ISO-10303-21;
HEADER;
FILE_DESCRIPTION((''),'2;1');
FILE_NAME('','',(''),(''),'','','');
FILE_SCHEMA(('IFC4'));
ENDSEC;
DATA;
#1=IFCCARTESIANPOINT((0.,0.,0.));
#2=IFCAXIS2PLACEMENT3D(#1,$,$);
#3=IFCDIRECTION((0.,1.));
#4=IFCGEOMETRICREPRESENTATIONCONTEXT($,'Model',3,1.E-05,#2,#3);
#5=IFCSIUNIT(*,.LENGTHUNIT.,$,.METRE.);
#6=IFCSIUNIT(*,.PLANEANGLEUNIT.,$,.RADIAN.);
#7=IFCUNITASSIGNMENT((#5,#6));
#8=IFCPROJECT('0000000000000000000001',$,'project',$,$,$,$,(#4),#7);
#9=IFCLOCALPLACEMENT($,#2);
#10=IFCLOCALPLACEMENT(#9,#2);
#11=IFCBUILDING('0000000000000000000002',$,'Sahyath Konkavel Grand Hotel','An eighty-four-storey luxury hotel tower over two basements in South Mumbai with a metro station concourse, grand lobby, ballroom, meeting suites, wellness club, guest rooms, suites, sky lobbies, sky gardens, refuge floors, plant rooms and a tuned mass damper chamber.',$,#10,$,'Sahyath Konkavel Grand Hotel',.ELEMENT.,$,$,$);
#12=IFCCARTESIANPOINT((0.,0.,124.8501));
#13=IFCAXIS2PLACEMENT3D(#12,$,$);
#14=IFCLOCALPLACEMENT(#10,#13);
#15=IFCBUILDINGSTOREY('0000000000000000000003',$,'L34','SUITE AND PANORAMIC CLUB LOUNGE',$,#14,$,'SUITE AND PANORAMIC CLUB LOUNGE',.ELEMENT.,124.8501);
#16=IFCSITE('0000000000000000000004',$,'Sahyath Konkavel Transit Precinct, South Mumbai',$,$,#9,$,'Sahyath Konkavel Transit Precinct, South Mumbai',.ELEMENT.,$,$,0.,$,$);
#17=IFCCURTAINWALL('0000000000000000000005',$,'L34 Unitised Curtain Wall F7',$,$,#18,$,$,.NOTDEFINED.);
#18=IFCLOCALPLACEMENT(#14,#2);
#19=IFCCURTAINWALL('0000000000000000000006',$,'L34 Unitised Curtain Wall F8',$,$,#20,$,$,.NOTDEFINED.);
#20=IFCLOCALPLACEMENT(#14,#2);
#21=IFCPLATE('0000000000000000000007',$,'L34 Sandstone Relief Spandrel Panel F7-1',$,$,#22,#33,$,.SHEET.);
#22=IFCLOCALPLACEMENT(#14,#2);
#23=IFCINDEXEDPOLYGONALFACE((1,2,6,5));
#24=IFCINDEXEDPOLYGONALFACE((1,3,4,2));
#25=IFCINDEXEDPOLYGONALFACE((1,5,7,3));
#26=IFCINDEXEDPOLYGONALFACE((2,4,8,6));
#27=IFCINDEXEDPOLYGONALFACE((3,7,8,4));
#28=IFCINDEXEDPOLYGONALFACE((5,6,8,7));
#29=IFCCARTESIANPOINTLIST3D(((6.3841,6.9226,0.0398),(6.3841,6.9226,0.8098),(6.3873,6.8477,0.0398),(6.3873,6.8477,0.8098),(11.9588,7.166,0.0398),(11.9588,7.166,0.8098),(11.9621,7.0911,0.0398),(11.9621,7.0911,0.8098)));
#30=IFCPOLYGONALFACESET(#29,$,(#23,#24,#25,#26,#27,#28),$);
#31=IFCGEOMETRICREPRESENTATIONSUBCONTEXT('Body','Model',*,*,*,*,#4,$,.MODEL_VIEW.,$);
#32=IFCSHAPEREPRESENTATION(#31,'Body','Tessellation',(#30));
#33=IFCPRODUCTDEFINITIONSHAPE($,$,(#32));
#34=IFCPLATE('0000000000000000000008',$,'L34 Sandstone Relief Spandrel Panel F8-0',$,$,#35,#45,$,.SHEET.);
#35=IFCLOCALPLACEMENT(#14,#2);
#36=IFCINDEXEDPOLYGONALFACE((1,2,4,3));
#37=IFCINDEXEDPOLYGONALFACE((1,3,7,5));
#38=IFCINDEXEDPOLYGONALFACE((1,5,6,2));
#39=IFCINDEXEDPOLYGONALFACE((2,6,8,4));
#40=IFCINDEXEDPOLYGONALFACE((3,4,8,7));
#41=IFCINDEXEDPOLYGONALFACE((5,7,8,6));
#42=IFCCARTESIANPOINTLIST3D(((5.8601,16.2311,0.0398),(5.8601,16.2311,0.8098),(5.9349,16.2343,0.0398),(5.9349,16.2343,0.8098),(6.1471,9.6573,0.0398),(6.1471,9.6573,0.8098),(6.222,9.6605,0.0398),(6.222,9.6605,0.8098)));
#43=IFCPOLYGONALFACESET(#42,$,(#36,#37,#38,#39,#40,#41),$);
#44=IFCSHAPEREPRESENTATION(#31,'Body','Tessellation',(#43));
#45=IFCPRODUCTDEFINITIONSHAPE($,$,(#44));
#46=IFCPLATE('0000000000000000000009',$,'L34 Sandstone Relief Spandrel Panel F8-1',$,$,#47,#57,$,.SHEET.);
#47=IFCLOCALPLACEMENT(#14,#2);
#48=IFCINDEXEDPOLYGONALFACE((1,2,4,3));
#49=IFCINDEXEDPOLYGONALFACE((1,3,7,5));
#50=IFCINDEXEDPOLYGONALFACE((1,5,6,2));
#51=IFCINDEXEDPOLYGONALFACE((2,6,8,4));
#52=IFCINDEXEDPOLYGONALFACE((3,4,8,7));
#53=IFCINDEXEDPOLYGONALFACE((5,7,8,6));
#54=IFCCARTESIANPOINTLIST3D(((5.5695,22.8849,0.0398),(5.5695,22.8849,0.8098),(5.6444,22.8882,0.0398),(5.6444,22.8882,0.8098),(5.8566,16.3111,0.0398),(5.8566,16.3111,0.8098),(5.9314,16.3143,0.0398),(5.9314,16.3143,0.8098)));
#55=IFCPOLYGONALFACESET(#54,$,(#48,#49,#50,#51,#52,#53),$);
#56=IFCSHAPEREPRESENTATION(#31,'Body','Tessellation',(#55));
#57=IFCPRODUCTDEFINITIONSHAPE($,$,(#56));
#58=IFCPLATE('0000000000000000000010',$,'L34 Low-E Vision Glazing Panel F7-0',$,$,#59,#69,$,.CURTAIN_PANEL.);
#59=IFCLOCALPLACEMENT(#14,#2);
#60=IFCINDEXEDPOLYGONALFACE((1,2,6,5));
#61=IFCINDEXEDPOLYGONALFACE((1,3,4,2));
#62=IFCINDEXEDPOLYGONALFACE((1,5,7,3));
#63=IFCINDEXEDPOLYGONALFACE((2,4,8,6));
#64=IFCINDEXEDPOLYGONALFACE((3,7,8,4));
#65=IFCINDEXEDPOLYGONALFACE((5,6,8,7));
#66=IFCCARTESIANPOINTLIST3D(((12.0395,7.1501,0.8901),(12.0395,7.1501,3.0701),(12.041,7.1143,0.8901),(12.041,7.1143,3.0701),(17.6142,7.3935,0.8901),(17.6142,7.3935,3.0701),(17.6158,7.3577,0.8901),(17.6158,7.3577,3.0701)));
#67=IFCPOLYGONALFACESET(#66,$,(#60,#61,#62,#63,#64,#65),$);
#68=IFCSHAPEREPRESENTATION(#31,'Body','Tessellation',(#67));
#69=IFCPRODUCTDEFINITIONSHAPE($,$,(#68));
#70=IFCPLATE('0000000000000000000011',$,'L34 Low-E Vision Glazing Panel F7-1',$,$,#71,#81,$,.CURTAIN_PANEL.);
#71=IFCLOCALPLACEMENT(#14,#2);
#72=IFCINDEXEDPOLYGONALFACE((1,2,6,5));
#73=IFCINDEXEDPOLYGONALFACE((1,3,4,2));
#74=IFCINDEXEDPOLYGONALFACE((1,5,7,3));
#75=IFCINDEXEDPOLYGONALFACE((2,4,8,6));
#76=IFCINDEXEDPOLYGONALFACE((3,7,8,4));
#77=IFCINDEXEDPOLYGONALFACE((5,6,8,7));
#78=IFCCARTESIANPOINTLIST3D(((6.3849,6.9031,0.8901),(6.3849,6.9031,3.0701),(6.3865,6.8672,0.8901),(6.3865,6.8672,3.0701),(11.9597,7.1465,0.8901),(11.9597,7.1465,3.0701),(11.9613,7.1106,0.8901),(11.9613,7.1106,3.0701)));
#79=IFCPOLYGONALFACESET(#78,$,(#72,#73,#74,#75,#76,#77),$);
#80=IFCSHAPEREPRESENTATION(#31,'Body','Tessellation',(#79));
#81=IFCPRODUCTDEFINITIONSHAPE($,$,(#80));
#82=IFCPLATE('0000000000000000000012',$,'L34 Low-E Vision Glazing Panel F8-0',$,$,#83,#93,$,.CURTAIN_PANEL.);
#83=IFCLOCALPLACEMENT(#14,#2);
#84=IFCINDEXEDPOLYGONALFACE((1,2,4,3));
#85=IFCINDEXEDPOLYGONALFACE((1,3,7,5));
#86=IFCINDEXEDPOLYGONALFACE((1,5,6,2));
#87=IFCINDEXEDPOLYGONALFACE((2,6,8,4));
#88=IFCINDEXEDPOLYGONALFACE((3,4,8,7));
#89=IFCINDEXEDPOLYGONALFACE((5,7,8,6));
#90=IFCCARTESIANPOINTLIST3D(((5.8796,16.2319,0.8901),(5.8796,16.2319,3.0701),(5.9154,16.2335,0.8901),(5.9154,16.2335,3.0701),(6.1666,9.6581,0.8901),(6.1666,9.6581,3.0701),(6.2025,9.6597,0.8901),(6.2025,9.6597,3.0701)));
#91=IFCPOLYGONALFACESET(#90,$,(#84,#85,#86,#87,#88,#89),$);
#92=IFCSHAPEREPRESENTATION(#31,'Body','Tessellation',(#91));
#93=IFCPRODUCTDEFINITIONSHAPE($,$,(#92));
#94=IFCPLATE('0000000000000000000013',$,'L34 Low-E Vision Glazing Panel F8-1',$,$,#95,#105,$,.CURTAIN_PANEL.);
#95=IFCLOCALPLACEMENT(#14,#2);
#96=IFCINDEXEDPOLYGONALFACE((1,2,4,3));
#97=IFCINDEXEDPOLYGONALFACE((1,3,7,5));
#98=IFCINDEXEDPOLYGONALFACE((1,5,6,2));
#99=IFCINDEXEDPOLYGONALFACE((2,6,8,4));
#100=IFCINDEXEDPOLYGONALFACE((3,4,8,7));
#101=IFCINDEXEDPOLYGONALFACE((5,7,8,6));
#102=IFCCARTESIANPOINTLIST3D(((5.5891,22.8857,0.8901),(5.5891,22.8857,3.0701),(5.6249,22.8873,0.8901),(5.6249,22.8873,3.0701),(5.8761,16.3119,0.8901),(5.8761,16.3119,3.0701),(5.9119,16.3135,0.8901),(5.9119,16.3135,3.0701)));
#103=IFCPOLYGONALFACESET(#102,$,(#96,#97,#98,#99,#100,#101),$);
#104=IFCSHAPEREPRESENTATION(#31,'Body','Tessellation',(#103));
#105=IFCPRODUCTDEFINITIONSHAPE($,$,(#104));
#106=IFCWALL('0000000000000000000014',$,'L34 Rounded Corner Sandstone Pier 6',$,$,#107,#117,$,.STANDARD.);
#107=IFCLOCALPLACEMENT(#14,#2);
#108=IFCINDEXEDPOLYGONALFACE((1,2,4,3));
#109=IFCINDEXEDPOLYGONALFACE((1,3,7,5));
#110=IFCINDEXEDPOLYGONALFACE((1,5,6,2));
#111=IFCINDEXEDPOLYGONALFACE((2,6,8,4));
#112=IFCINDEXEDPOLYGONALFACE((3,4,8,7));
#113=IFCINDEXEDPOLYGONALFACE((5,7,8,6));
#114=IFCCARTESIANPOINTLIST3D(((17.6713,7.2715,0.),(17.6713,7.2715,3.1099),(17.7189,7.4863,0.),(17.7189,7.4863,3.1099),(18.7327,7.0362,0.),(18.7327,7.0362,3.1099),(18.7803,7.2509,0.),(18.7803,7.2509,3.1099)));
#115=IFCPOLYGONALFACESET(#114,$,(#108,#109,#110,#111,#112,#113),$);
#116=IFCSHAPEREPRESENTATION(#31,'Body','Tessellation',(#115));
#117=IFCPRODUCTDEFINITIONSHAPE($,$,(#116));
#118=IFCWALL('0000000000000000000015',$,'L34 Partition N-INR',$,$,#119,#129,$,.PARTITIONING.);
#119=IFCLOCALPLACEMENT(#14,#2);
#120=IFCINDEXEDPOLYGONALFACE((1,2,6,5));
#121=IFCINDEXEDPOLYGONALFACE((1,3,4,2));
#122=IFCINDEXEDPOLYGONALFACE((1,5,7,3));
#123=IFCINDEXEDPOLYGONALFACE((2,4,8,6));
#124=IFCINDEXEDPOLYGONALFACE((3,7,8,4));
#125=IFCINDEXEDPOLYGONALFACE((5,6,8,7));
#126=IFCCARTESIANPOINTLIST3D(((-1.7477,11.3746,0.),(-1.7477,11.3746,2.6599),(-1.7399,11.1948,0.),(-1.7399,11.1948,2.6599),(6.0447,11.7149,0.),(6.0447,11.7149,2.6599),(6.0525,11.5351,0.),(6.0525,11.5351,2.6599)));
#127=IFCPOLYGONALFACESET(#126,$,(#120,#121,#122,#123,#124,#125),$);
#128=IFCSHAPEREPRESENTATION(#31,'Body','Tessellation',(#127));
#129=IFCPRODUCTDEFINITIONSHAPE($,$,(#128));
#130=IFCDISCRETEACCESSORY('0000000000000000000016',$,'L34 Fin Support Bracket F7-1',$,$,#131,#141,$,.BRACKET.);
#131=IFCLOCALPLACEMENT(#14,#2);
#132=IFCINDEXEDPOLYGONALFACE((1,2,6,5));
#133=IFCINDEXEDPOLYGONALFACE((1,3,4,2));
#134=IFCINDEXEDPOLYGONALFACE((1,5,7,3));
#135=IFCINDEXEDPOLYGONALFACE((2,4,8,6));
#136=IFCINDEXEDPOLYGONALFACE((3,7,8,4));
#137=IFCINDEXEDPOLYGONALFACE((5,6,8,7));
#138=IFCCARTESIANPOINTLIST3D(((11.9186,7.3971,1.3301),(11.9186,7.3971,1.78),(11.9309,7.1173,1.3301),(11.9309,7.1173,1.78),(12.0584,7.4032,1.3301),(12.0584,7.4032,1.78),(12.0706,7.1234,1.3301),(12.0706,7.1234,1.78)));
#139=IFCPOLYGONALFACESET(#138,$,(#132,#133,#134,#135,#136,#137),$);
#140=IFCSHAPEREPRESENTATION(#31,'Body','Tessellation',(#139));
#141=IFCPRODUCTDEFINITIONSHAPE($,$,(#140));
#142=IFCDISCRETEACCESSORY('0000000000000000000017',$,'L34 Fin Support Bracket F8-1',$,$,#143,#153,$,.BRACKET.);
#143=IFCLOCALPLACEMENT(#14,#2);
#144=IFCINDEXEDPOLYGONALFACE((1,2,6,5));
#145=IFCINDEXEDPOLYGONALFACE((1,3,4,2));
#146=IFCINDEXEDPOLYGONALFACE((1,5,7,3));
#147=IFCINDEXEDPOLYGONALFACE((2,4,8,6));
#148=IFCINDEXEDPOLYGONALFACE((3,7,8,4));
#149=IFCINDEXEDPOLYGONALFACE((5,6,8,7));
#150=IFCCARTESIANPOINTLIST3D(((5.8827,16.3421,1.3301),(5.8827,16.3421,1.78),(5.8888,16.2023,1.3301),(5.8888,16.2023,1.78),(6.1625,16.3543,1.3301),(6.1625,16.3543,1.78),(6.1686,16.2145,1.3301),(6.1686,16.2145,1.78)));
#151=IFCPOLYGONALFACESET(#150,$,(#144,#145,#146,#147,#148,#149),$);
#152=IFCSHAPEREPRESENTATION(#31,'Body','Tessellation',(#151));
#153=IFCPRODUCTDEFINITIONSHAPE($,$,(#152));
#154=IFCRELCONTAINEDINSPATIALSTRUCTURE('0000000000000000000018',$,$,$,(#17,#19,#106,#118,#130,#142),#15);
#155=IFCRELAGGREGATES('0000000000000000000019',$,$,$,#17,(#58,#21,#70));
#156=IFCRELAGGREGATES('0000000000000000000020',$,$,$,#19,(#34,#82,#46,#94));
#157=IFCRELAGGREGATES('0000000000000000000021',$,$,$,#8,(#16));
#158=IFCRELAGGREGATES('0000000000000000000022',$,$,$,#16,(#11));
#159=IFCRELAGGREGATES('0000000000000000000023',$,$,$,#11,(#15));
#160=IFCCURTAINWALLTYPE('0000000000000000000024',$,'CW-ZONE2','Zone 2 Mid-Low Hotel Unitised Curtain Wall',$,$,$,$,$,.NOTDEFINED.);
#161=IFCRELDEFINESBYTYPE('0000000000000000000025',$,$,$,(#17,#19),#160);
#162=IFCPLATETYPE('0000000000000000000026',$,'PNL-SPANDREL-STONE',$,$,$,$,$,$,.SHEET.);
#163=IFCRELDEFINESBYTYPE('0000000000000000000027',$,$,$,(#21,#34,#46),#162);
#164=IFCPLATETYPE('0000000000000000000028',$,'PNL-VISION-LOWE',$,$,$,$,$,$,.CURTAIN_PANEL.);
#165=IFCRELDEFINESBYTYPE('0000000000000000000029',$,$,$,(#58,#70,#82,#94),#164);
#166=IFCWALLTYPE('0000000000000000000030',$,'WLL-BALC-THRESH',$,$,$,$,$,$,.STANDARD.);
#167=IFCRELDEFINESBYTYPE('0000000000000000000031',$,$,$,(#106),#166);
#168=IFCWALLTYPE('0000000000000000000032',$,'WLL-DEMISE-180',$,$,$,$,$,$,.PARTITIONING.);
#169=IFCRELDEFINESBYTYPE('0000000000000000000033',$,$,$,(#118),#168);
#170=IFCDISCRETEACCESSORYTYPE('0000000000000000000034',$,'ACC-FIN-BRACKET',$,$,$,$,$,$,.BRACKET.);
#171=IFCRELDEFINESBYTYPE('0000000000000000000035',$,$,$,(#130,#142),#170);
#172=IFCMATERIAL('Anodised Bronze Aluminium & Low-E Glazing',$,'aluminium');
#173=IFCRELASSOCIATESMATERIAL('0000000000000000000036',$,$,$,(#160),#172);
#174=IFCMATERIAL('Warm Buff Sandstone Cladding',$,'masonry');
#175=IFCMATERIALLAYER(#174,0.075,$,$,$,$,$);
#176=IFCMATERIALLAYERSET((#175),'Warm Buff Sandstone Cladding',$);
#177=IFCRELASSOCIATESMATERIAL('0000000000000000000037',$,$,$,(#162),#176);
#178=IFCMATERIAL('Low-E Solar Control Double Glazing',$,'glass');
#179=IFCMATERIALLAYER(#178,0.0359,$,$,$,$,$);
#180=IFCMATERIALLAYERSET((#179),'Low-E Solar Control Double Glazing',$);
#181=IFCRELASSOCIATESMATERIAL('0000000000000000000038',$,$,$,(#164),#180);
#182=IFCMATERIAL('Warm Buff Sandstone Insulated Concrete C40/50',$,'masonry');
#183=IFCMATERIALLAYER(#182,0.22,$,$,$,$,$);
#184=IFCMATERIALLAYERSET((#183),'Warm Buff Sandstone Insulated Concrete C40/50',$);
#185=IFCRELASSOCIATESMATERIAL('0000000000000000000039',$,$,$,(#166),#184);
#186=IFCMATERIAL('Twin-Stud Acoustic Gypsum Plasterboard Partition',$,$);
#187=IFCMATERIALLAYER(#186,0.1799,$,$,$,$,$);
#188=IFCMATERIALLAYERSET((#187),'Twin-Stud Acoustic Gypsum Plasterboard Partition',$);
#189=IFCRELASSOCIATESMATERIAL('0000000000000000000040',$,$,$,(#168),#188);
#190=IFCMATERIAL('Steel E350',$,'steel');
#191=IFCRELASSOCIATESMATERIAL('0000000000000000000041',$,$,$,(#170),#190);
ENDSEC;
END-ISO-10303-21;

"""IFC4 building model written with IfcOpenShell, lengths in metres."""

from ifc_helpers import new_model, si_unit, direction, frame, frame_2d, origin, origin_2d, place, context, subcontext, project, spatial, rectangle, extrude, source, transform, mapped, material, layer, layer_set, type_object, element, aggregate, save


model = new_model("IFC4")

# Units and contexts
model_context = context("Model", 3, precision=1e-05, world=origin(), true_north=direction((0.0, 1.0)))
body_context = subcontext(model_context, "Body", "Model", "MODEL_VIEW")
ifc_project = project(units=[si_unit("LENGTHUNIT", "METRE"), si_unit("PLANEANGLEUNIT", "RADIAN")], contexts=[model_context])

# Site, building, storey
site_placement = place(None, origin())
site = spatial("IfcSite", under=ifc_project, at=site_placement, Name="Sahyath Konkavel Transit Precinct, South Mumbai", LongName="Sahyath Konkavel Transit Precinct, South Mumbai", CompositionType="ELEMENT", RefElevation=0.0)
building_placement = place(site_placement, origin())
building = spatial("IfcBuilding", under=site, at=building_placement, Name="Sahyath Konkavel Grand Hotel", Description="An eighty-four-storey luxury hotel tower over two basements in South Mumbai with a metro station concourse, grand lobby, ballroom, meeting suites, wellness club, guest rooms, suites, sky lobbies, sky gardens, refuge floors, plant rooms and a tuned mass damper chamber.", LongName="Sahyath Konkavel Grand Hotel", CompositionType="ELEMENT")
storey_placement = place(building_placement, frame((0.0, 0.0, 124.8501)))
storey = spatial("IfcBuildingStorey", under=building, at=storey_placement, Name="L34", Description="SUITE AND PANORAMIC CLUB LOUNGE", LongName="SUITE AND PANORAMIC CLUB LOUNGE", CompositionType="ELEMENT", Elevation=124.8501)

# Curtain walls
ifc_material_1 = material(Name="Anodised Bronze Aluminium & Low-E Glazing", Category="aluminium")
curtain_wall_type = type_object("IfcCurtainWallType", Name="CW-ZONE2", Description="Zone 2 Mid-Low Hotel Unitised Curtain Wall", PredefinedType="NOTDEFINED", material=ifc_material_1)
curtain_wall_1_placement = place(storey_placement, origin())
curtain_wall_1 = element("IfcCurtainWall", 1, at=curtain_wall_1_placement, inside=storey, type_object=curtain_wall_type, Name="L34 Unitised Curtain Wall F7", PredefinedType="NOTDEFINED")
curtain_wall_2_placement = place(storey_placement, origin())
curtain_wall_2 = element("IfcCurtainWall", 2, at=curtain_wall_2_placement, inside=storey, type_object=curtain_wall_type, Name="L34 Unitised Curtain Wall F8", PredefinedType="NOTDEFINED")

# Plates
ifc_material_2 = material(Name="Warm Buff Sandstone Cladding", Category="masonry")
ifc_layer_1 = layer(ifc_material_2, 0.075)
ifc_layer_set_1 = layer_set([ifc_layer_1], Name="Warm Buff Sandstone Cladding")
plate_type_1 = type_object("IfcPlateType", Name="PNL-SPANDREL-STONE", PredefinedType="SHEET", material=ifc_layer_set_1)
shared_shape_1 = source(origin(), body_context, "Body", "SweptSolid", [
    extrude(rectangle(XDim=5.5801, YDim=0.075, at=origin_2d()), origin(), (0.0, 0.0, 1.0), 0.77),
])
plate_1_placement = place(storey_placement, frame((9.1731, 7.0068, 0.0398), z_axis=(0.0, 0.0, 1.0), x_axis=(-0.999048, -0.043619, 0.0)))
plate_1 = element("IfcPlate", 3, at=plate_1_placement, type_object=plate_type_1, Name="L34 Sandstone Relief Spandrel Panel F7-1", PredefinedType="SHEET", context=body_context, shape_type="MappedRepresentation", body=[
    mapped(shared_shape_1, transform((0.0, 0.0, 0.0), scale=1.0)),
])
shared_shape_2 = source(origin(), body_context, "Body", "SweptSolid", [
    extrude(rectangle(XDim=6.5801, YDim=0.075, at=origin_2d()), origin(), (0.0, 0.0, 1.0), 0.77),
])
plate_2_placement = place(storey_placement, frame((6.041, 12.9458, 0.0398), z_axis=(0.0, 0.0, 1.0), x_axis=(-0.043619, 0.999048, 0.0)))
plate_2 = element("IfcPlate", 4, at=plate_2_placement, type_object=plate_type_1, Name="L34 Sandstone Relief Spandrel Panel F8-0", PredefinedType="SHEET", context=body_context, shape_type="MappedRepresentation", body=[
    mapped(shared_shape_2, transform((0.0, 0.0, 0.0), scale=1.0)),
])
plate_3_placement = place(storey_placement, frame((5.7505, 19.5996, 0.0398), z_axis=(0.0, 0.0, 1.0), x_axis=(-0.043619, 0.999048, 0.0)))
plate_3 = element("IfcPlate", 5, at=plate_3_placement, type_object=plate_type_1, Name="L34 Sandstone Relief Spandrel Panel F8-1", PredefinedType="SHEET", context=body_context, shape_type="MappedRepresentation", body=[
    mapped(shared_shape_2, transform((0.0, 0.0, 0.0), scale=1.0)),
])
ifc_material_3 = material(Name="Low-E Solar Control Double Glazing", Category="glass")
ifc_layer_2 = layer(ifc_material_3, 0.0359)
ifc_layer_set_2 = layer_set([ifc_layer_2], Name="Low-E Solar Control Double Glazing")
plate_type_2 = type_object("IfcPlateType", Name="PNL-VISION-LOWE", PredefinedType="CURTAIN_PANEL", material=ifc_layer_set_2)
shared_shape_3 = source(origin(), body_context, "Body", "SweptSolid", [
    extrude(rectangle(XDim=5.5801, YDim=0.0359, at=origin_2d()), origin(), (0.0, 0.0, 1.0), 2.1799),
])
plate_4_placement = place(storey_placement, frame((14.8276, 7.2539, 0.8901), z_axis=(0.0, 0.0, 1.0), x_axis=(-0.999048, -0.043619, 0.0)))
plate_4 = element("IfcPlate", 6, at=plate_4_placement, type_object=plate_type_2, Name="L34 Low-E Vision Glazing Panel F7-0", PredefinedType="CURTAIN_PANEL", context=body_context, shape_type="MappedRepresentation", body=[
    mapped(shared_shape_3, transform((0.0, 0.0, 0.0), scale=1.0)),
])
plate_5_placement = place(storey_placement, frame((9.1731, 7.0068, 0.8901), z_axis=(0.0, 0.0, 1.0), x_axis=(-0.999048, -0.043619, 0.0)))
plate_5 = element("IfcPlate", 7, at=plate_5_placement, type_object=plate_type_2, Name="L34 Low-E Vision Glazing Panel F7-1", PredefinedType="CURTAIN_PANEL", context=body_context, shape_type="MappedRepresentation", body=[
    mapped(shared_shape_3, transform((0.0, 0.0, 0.0), scale=1.0)),
])
aggregate(curtain_wall_1, [plate_4, plate_1, plate_5])
shared_shape_4 = source(origin(), body_context, "Body", "SweptSolid", [
    extrude(rectangle(XDim=6.5801, YDim=0.0359, at=origin_2d()), origin(), (0.0, 0.0, 1.0), 2.1799),
])
plate_6_placement = place(storey_placement, frame((6.041, 12.9458, 0.8901), z_axis=(0.0, 0.0, 1.0), x_axis=(-0.043619, 0.999048, 0.0)))
plate_6 = element("IfcPlate", 8, at=plate_6_placement, type_object=plate_type_2, Name="L34 Low-E Vision Glazing Panel F8-0", PredefinedType="CURTAIN_PANEL", context=body_context, shape_type="MappedRepresentation", body=[
    mapped(shared_shape_4, transform((0.0, 0.0, 0.0), scale=1.0)),
])
plate_7_placement = place(storey_placement, frame((5.7505, 19.5996, 0.8901), z_axis=(0.0, 0.0, 1.0), x_axis=(-0.043619, 0.999048, 0.0)))
plate_7 = element("IfcPlate", 9, at=plate_7_placement, type_object=plate_type_2, Name="L34 Low-E Vision Glazing Panel F8-1", PredefinedType="CURTAIN_PANEL", context=body_context, shape_type="MappedRepresentation", body=[
    mapped(shared_shape_4, transform((0.0, 0.0, 0.0), scale=1.0)),
])
aggregate(curtain_wall_2, [plate_2, plate_6, plate_3, plate_7])

# Walls
ifc_material_4 = material(Name="Warm Buff Sandstone Insulated Concrete C40/50", Category="masonry")
ifc_layer_3 = layer(ifc_material_4, 0.22)
ifc_layer_set_3 = layer_set([ifc_layer_3], Name="Warm Buff Sandstone Insulated Concrete C40/50")
wall_type_1 = type_object("IfcWallType", Name="WLL-BALC-THRESH", PredefinedType="STANDARD", material=ifc_layer_set_3)
wall_1_placement = place(storey_placement, frame((18.7563, 7.1436, 0.0), z_axis=(0.0, 0.0, 1.0), x_axis=(-0.976282, 0.216502, 0.0)))
element("IfcWall", 10, at=wall_1_placement, inside=storey, type_object=wall_type_1, Name="L34 Rounded Corner Sandstone Pier 6", PredefinedType="STANDARD", context=body_context, shape_type="SweptSolid", body=[
    extrude(rectangle(XDim=1.0872, YDim=0.22, at=frame_2d((0.5435, 0.0))), origin(), (0.0, 0.0, 1.0), 3.1099),
])
ifc_material_5 = material(Name="Twin-Stud Acoustic Gypsum Plasterboard Partition")
ifc_layer_4 = layer(ifc_material_5, 0.1799)
ifc_layer_set_4 = layer_set([ifc_layer_4], Name="Twin-Stud Acoustic Gypsum Plasterboard Partition")
wall_type_2 = type_object("IfcWallType", Name="WLL-DEMISE-180", PredefinedType="PARTITIONING", material=ifc_layer_set_4)
wall_2_placement = place(storey_placement, frame((6.0486, 11.625, 0.0), z_axis=(0.0, 0.0, 1.0), x_axis=(-0.999048, -0.043633, 0.0)))
element("IfcWall", 11, at=wall_2_placement, inside=storey, type_object=wall_type_2, Name="L34 Partition N-INR", PredefinedType="PARTITIONING", context=body_context, shape_type="SweptSolid", body=[
    extrude(rectangle(XDim=7.7998, YDim=0.1799, at=frame_2d((3.8999, 0.0))), origin(), (0.0, 0.0, 1.0), 2.6599),
])

# Discrete accessories
ifc_material_6 = material(Name="Steel E350", Category="steel")
discrete_accessory_type = type_object("IfcDiscreteAccessoryType", Name="ACC-FIN-BRACKET", PredefinedType="BRACKET", material=ifc_material_6)
shared_shape_5 = source(origin(), body_context, "Body", "SweptSolid", [
    extrude(rectangle(XDim=0.28, YDim=0.1399, at=origin_2d()), origin(), (0.0, 0.0, 1.0), 0.45),
])
for number, where, z_axis, x_axis, name in (
    (12, (11.9946, 7.2603, 1.3301), (0.0, 0.0, 1.0), (-0.043619, 0.999048, 0.0), "L34 Fin Support Bracket F7-1"),
    (13, (6.0256, 16.2783, 1.3301), (0.0, 0.0, 1.0), (0.999048, 0.043619, 0.0), "L34 Fin Support Bracket F8-1"),
):
    element("IfcDiscreteAccessory", number, at=place(storey_placement, frame(where, z_axis=z_axis, x_axis=x_axis)), inside=storey, type_object=discrete_accessory_type, Name=name, PredefinedType="BRACKET", context=body_context, shape_type="MappedRepresentation", body=[
        mapped(shared_shape_5, transform((0.0, 0.0, 0.0), scale=1.0)),
    ])

save(model, "model.ifc")
